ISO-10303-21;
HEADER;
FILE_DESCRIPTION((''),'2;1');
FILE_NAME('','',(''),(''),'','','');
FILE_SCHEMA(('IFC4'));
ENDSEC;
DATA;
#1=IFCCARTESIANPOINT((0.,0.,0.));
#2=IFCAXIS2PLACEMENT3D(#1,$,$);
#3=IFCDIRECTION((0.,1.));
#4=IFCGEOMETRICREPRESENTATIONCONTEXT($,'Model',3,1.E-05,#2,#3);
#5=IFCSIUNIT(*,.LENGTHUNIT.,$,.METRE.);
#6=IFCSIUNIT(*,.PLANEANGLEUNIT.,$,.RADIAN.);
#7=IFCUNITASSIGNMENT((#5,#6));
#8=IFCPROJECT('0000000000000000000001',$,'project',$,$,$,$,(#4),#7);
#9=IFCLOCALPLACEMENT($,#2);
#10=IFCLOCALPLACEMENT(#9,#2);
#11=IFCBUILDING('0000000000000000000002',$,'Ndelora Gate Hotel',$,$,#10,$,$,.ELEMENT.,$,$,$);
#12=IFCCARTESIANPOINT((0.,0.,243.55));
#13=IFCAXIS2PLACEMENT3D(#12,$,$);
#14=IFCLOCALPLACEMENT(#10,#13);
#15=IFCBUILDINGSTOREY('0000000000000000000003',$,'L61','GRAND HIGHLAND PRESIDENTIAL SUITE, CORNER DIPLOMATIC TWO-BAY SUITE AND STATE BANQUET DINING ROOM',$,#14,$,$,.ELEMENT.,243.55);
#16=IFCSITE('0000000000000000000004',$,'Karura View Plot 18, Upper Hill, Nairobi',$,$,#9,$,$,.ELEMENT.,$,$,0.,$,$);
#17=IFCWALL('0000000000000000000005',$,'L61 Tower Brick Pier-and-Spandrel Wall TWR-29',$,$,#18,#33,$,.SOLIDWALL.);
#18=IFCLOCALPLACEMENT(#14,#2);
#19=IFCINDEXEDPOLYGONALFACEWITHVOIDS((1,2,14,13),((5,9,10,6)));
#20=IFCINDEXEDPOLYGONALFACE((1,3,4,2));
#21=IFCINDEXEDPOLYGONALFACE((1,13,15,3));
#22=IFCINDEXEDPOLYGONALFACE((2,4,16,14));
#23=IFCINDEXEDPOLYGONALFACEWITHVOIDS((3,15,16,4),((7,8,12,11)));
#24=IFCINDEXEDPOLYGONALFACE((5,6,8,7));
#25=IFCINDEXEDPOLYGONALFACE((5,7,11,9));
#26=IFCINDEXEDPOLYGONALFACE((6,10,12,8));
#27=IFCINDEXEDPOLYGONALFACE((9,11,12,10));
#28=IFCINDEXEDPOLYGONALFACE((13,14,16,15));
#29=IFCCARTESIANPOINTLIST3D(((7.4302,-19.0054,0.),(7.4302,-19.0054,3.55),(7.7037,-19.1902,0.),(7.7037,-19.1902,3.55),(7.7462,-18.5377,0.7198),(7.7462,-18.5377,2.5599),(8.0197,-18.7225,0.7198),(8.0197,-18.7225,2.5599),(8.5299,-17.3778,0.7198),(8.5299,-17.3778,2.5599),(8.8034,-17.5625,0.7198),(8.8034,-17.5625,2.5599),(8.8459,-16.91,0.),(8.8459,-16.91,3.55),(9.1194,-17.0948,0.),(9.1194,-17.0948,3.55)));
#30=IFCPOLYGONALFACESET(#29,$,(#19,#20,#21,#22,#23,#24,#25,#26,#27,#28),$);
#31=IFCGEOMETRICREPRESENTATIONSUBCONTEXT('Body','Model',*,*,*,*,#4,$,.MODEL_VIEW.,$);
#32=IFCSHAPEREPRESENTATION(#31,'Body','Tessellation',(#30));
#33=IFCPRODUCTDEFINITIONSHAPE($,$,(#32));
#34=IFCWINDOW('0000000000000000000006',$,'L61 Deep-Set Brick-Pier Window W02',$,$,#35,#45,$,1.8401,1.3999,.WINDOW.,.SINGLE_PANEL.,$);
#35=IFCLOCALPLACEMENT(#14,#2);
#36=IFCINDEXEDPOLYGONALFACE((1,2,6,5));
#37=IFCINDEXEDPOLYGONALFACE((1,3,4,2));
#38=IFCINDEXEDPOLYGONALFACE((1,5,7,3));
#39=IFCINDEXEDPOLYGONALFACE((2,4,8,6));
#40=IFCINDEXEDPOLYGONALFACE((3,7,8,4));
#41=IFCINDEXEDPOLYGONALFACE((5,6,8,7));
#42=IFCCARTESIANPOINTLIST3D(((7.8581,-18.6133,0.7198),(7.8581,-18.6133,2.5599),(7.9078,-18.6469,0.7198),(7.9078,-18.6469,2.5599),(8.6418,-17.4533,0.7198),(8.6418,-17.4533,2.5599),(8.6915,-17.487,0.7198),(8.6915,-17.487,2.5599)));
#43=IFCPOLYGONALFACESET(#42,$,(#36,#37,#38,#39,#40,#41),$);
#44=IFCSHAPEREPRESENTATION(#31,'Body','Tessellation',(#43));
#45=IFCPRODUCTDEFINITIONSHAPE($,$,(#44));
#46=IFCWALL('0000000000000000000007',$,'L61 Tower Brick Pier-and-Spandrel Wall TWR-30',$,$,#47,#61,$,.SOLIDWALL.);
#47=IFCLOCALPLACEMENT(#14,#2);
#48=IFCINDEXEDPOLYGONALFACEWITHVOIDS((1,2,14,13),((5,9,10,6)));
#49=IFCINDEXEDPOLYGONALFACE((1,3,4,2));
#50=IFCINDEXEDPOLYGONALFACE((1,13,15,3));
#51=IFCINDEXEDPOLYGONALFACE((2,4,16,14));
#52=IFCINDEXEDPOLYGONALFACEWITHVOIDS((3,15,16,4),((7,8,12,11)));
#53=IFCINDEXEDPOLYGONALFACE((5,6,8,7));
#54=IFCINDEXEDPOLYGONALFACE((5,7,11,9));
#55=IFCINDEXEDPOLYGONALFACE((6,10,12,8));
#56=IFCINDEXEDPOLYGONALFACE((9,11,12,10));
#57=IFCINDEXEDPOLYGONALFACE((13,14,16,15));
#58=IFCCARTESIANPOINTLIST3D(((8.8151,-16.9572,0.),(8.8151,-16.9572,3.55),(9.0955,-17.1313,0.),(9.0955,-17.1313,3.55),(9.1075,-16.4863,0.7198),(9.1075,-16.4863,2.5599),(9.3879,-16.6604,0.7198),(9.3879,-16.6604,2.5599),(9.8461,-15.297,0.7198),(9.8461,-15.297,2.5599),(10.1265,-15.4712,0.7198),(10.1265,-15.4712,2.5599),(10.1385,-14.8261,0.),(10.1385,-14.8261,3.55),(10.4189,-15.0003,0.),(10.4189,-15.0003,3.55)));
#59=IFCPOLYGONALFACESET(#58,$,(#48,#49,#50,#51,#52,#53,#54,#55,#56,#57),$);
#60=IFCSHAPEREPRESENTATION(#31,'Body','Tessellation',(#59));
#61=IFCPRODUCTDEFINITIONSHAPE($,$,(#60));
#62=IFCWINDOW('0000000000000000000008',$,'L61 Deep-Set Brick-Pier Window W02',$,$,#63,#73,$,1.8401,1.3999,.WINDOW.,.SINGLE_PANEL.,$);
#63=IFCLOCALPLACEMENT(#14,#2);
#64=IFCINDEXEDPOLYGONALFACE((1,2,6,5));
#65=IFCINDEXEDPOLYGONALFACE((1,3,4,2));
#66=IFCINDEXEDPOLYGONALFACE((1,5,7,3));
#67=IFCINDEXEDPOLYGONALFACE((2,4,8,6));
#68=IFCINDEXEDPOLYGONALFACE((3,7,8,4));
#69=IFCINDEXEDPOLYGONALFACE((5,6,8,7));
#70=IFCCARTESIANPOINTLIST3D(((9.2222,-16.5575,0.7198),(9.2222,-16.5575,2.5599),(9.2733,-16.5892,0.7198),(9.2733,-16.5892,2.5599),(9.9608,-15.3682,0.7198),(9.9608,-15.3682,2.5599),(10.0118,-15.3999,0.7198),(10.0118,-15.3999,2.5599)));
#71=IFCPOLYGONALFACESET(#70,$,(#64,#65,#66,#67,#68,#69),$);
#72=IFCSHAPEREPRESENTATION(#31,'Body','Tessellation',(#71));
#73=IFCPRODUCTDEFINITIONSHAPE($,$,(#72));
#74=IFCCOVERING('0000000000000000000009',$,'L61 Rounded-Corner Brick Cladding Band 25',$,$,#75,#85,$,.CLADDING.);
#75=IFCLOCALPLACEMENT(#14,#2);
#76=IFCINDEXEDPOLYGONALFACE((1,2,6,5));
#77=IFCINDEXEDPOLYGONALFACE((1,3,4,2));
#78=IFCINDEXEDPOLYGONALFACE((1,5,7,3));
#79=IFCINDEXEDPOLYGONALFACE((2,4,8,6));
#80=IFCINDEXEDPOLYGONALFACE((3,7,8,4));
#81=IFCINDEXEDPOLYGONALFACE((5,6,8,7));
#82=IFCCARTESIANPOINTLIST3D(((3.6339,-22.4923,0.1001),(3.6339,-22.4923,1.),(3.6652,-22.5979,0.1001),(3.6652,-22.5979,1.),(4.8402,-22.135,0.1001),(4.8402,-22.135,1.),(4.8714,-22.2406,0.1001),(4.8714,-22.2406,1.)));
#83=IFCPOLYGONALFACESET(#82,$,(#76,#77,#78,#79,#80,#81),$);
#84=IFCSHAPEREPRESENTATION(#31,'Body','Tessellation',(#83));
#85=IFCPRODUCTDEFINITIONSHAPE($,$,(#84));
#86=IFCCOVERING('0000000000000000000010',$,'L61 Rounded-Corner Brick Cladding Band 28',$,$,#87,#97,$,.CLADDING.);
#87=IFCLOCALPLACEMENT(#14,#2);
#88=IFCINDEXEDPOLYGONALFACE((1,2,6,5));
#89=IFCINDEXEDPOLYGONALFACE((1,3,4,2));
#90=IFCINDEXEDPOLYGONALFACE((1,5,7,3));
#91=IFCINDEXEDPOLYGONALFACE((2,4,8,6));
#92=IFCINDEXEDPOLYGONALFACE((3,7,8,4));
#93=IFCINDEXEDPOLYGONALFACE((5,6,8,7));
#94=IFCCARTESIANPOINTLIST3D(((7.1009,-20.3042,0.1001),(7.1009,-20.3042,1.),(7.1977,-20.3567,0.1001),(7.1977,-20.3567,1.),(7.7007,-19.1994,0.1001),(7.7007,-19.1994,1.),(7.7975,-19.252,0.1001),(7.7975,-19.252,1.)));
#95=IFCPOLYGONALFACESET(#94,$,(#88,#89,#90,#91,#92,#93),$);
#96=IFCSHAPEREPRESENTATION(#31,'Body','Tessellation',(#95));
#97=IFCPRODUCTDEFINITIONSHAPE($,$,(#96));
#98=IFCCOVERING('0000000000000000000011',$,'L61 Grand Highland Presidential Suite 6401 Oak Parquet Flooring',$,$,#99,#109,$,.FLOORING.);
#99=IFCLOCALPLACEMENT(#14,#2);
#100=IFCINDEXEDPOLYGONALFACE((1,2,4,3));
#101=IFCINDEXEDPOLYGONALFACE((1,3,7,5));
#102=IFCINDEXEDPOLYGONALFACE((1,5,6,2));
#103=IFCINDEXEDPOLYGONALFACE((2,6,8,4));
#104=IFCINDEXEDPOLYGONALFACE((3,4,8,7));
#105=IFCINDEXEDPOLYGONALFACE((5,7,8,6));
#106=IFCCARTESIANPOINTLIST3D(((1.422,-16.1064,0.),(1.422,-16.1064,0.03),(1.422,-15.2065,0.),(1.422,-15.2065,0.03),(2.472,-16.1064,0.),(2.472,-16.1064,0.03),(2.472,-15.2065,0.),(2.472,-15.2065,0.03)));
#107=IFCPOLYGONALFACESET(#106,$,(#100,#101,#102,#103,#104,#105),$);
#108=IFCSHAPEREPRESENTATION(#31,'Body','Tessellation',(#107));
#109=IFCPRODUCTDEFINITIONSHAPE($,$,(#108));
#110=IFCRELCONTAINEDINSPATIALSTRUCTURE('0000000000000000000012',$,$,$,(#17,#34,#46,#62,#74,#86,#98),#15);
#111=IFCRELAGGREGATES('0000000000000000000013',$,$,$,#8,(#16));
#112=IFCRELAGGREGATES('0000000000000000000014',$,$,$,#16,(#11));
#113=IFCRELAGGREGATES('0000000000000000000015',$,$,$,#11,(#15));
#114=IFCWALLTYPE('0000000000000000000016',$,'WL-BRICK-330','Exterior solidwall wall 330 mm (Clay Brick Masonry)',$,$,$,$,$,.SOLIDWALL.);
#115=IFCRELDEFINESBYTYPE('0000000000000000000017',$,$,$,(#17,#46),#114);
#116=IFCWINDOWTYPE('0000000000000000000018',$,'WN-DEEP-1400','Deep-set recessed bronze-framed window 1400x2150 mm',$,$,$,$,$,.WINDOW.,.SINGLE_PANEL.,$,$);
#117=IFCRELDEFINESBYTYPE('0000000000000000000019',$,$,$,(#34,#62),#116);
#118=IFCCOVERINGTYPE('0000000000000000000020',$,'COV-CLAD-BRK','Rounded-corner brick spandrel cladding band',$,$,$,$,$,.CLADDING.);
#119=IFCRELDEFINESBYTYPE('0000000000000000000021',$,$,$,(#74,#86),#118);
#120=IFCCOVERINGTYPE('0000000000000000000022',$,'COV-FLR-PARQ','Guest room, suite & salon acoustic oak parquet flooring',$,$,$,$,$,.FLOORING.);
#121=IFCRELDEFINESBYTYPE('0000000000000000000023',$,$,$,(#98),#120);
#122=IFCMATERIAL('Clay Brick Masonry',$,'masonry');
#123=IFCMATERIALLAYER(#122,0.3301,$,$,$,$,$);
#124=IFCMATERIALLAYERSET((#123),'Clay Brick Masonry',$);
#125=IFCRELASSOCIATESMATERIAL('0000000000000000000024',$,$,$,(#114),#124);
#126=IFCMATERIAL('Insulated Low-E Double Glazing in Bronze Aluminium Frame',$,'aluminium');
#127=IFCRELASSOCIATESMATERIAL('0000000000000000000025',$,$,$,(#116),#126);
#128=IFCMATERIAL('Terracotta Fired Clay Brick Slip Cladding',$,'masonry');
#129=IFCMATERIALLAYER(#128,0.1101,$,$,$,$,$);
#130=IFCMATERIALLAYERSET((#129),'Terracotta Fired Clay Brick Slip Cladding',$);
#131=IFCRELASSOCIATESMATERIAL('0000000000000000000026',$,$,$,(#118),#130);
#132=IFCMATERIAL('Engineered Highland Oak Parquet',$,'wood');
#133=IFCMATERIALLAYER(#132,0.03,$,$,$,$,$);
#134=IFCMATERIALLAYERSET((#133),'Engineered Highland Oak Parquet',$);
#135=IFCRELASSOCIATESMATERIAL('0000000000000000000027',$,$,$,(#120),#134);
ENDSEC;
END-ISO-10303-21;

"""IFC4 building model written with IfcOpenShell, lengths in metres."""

from ifc_helpers import new_model, si_unit, direction, frame, frame_2d, origin, origin_2d, place, context, subcontext, project, spatial, rectangle, extrude, material, layer, layer_set, type_object, element, fill, save


model = new_model("IFC4")

# Units and contexts
model_context = context("Model", 3, precision=1e-05, world=origin(), true_north=direction((0.0, 1.0)))
body_context = subcontext(model_context, "Body", "Model", "MODEL_VIEW")
ifc_project = project(units=[si_unit("LENGTHUNIT", "METRE"), si_unit("PLANEANGLEUNIT", "RADIAN")], contexts=[model_context])

# Site, building, storey
site_placement = place(None, origin())
site = spatial("IfcSite", under=ifc_project, at=site_placement, Name="Karura View Plot 18, Upper Hill, Nairobi", CompositionType="ELEMENT", RefElevation=0.0)
building_placement = place(site_placement, origin())
building = spatial("IfcBuilding", under=site, at=building_placement, Name="Ndelora Gate Hotel", CompositionType="ELEMENT")
storey_placement = place(building_placement, frame((0.0, 0.0, 243.55)))
storey = spatial("IfcBuildingStorey", under=building, at=storey_placement, Name="L61", Description="GRAND HIGHLAND PRESIDENTIAL SUITE, CORNER DIPLOMATIC TWO-BAY SUITE AND STATE BANQUET DINING ROOM", CompositionType="ELEMENT", Elevation=243.55)

# Shared definitions
ifc_material_1 = material(Name="Clay Brick Masonry", Category="masonry")
ifc_layer_1 = layer(ifc_material_1, 0.3301)
ifc_layer_set_1 = layer_set([ifc_layer_1], Name="Clay Brick Masonry")
wall_type = type_object("IfcWallType", Name="WL-BRICK-330", Description="Exterior solidwall wall 330 mm (Clay Brick Masonry)", PredefinedType="SOLIDWALL", material=ifc_layer_set_1)

# Walls, openings, windows
wall_1_placement = place(storey_placement, frame((8.9827, -17.0024, 0.0), z_axis=(0.0, 0.0, 1.0), x_axis=(-0.559836, -0.828603, 0.0)))
wall_1 = element("IfcWall", 1, at=wall_1_placement, inside=storey, type_object=wall_type, Name="L61 Tower Brick Pier-and-Spandrel Wall TWR-29", PredefinedType="SOLIDWALL", context=body_context, shape_type="SweptSolid", body=[
    extrude(rectangle(XDim=2.5288, YDim=0.3301, at=frame_2d((1.2644, 0.0))), origin(), (0.0, 0.0, 1.0), 3.55),
])
opening_1_placement = place(wall_1_placement, frame((0.5645, 0.0, 0.72)))
opening_1 = element("IfcOpeningElement", 2, at=opening_1_placement, cuts=wall_1, PredefinedType="OPENING", context=body_context, shape_type="SweptSolid", body=[
    extrude(rectangle(XDim=1.3999, YDim=1.8401, at=frame_2d((0.7, 0.9199))), frame((0.0, 0.175, 0.0), z_axis=(0.0, -1.0, 0.0), x_axis=(1.0, 0.0, 0.0)), (0.0, 0.0, 1.0), 0.3501),
])
ifc_material_2 = material(Name="Insulated Low-E Double Glazing in Bronze Aluminium Frame", Category="aluminium")
window_type = type_object("IfcWindowType", Name="WN-DEEP-1400", Description="Deep-set recessed bronze-framed window 1400x2150 mm", PartitioningType="SINGLE_PANEL", PredefinedType="WINDOW", material=ifc_material_2)
window_1_placement = place(opening_1_placement, origin())
window_1 = element("IfcWindow", 3, at=window_1_placement, inside=storey, type_object=window_type, Name="L61 Deep-Set Brick-Pier Window W02", OverallHeight=1.8401, OverallWidth=1.3999, PartitioningType="SINGLE_PANEL", PredefinedType="WINDOW", context=body_context, shape_type="SweptSolid", body=[
    extrude(rectangle(XDim=1.3999, YDim=1.8401, at=frame_2d((0.7, 0.9199))), frame((0.0, 0.03, 0.0), z_axis=(0.0, -1.0, 0.0), x_axis=(1.0, 0.0, 0.0)), (0.0, 0.0, 1.0), 0.0601),
])
fill(opening_1, window_1)
wall_2_placement = place(storey_placement, frame((10.2788, -14.9131, 0.0), z_axis=(0.0, 0.0, 1.0), x_axis=(-0.527574, -0.849509, 0.0)))
wall_2 = element("IfcWall", 4, at=wall_2_placement, inside=storey, type_object=wall_type, Name="L61 Tower Brick Pier-and-Spandrel Wall TWR-30", PredefinedType="SOLIDWALL", context=body_context, shape_type="SweptSolid", body=[
    extrude(rectangle(XDim=2.5085, YDim=0.3301, at=frame_2d((1.2544, 0.0))), origin(), (0.0, 0.0, 1.0), 3.55),
])
opening_2_placement = place(wall_2_placement, frame((0.5544, 0.0, 0.72)))
opening_2 = element("IfcOpeningElement", 5, at=opening_2_placement, cuts=wall_2, PredefinedType="OPENING", context=body_context, shape_type="SweptSolid", body=[
    extrude(rectangle(XDim=1.3999, YDim=1.8401, at=frame_2d((0.7, 0.9199))), frame((0.0, 0.175, 0.0), z_axis=(0.0, -1.0, 0.0), x_axis=(1.0, 0.0, 0.0)), (0.0, 0.0, 1.0), 0.3501),
])
window_2_placement = place(opening_2_placement, origin())
window_2 = element("IfcWindow", 6, at=window_2_placement, inside=storey, type_object=window_type, Name="L61 Deep-Set Brick-Pier Window W02", OverallHeight=1.8401, OverallWidth=1.3999, PartitioningType="SINGLE_PANEL", PredefinedType="WINDOW", context=body_context, shape_type="SweptSolid", body=[
    extrude(rectangle(XDim=1.3999, YDim=1.8401, at=frame_2d((0.7, 0.9199))), frame((0.0, 0.03, 0.0), z_axis=(0.0, -1.0, 0.0), x_axis=(1.0, 0.0, 0.0)), (0.0, 0.0, 1.0), 0.0601),
])
fill(opening_2, window_2)

# Coverings
ifc_material_3 = material(Name="Terracotta Fired Clay Brick Slip Cladding", Category="masonry")
ifc_layer_2 = layer(ifc_material_3, 0.1101)
ifc_layer_set_2 = layer_set([ifc_layer_2], Name="Terracotta Fired Clay Brick Slip Cladding")
covering_type_1 = type_object("IfcCoveringType", Name="COV-CLAD-BRK", Description="Rounded-corner brick spandrel cladding band", PredefinedType="CLADDING", material=ifc_layer_set_2)
covering_1_placement = place(storey_placement, frame((4.2527, -22.3665, 0.1001), z_axis=(0.0, 0.0, 1.0), x_axis=(0.95882, 0.284015, 0.0)))
element("IfcCovering", 7, at=covering_1_placement, inside=storey, type_object=covering_type_1, Name="L61 Rounded-Corner Brick Cladding Band 25", PredefinedType="CLADDING", context=body_context, shape_type="SweptSolid", body=[
    extrude(rectangle(XDim=1.2581, YDim=0.1101, at=origin_2d()), origin(), (0.0, 0.0, 1.0), 0.8999),
])
covering_2_placement = place(storey_placement, frame((7.4492, -19.7781, 0.1001), z_axis=(0.0, 0.0, 1.0), x_axis=(0.477159, 0.878817, 0.0)))
element("IfcCovering", 8, at=covering_2_placement, inside=storey, type_object=covering_type_1, Name="L61 Rounded-Corner Brick Cladding Band 28", PredefinedType="CLADDING", context=body_context, shape_type="SweptSolid", body=[
    extrude(rectangle(XDim=1.2571, YDim=0.1101, at=origin_2d()), origin(), (0.0, 0.0, 1.0), 0.8999),
])
ifc_material_4 = material(Name="Engineered Highland Oak Parquet", Category="wood")
ifc_layer_3 = layer(ifc_material_4, 0.03)
ifc_layer_set_3 = layer_set([ifc_layer_3], Name="Engineered Highland Oak Parquet")
covering_type_2 = type_object("IfcCoveringType", Name="COV-FLR-PARQ", Description="Guest room, suite & salon acoustic oak parquet flooring", PredefinedType="FLOORING", material=ifc_layer_set_3)
covering_3_placement = place(storey_placement, frame((1.947, -15.6565, 0.0), z_axis=(0.0, 0.0, 1.0), x_axis=(1.0, 0.0, 0.0)))
element("IfcCovering", 9, at=covering_3_placement, inside=storey, type_object=covering_type_2, Name="L61 Grand Highland Presidential Suite 6401 Oak Parquet Flooring", PredefinedType="FLOORING", context=body_context, shape_type="SweptSolid", body=[
    extrude(rectangle(XDim=1.05, YDim=0.8999, at=origin_2d()), origin(), (0.0, 0.0, 1.0), 0.03),
])

save(model, "model.ifc")
